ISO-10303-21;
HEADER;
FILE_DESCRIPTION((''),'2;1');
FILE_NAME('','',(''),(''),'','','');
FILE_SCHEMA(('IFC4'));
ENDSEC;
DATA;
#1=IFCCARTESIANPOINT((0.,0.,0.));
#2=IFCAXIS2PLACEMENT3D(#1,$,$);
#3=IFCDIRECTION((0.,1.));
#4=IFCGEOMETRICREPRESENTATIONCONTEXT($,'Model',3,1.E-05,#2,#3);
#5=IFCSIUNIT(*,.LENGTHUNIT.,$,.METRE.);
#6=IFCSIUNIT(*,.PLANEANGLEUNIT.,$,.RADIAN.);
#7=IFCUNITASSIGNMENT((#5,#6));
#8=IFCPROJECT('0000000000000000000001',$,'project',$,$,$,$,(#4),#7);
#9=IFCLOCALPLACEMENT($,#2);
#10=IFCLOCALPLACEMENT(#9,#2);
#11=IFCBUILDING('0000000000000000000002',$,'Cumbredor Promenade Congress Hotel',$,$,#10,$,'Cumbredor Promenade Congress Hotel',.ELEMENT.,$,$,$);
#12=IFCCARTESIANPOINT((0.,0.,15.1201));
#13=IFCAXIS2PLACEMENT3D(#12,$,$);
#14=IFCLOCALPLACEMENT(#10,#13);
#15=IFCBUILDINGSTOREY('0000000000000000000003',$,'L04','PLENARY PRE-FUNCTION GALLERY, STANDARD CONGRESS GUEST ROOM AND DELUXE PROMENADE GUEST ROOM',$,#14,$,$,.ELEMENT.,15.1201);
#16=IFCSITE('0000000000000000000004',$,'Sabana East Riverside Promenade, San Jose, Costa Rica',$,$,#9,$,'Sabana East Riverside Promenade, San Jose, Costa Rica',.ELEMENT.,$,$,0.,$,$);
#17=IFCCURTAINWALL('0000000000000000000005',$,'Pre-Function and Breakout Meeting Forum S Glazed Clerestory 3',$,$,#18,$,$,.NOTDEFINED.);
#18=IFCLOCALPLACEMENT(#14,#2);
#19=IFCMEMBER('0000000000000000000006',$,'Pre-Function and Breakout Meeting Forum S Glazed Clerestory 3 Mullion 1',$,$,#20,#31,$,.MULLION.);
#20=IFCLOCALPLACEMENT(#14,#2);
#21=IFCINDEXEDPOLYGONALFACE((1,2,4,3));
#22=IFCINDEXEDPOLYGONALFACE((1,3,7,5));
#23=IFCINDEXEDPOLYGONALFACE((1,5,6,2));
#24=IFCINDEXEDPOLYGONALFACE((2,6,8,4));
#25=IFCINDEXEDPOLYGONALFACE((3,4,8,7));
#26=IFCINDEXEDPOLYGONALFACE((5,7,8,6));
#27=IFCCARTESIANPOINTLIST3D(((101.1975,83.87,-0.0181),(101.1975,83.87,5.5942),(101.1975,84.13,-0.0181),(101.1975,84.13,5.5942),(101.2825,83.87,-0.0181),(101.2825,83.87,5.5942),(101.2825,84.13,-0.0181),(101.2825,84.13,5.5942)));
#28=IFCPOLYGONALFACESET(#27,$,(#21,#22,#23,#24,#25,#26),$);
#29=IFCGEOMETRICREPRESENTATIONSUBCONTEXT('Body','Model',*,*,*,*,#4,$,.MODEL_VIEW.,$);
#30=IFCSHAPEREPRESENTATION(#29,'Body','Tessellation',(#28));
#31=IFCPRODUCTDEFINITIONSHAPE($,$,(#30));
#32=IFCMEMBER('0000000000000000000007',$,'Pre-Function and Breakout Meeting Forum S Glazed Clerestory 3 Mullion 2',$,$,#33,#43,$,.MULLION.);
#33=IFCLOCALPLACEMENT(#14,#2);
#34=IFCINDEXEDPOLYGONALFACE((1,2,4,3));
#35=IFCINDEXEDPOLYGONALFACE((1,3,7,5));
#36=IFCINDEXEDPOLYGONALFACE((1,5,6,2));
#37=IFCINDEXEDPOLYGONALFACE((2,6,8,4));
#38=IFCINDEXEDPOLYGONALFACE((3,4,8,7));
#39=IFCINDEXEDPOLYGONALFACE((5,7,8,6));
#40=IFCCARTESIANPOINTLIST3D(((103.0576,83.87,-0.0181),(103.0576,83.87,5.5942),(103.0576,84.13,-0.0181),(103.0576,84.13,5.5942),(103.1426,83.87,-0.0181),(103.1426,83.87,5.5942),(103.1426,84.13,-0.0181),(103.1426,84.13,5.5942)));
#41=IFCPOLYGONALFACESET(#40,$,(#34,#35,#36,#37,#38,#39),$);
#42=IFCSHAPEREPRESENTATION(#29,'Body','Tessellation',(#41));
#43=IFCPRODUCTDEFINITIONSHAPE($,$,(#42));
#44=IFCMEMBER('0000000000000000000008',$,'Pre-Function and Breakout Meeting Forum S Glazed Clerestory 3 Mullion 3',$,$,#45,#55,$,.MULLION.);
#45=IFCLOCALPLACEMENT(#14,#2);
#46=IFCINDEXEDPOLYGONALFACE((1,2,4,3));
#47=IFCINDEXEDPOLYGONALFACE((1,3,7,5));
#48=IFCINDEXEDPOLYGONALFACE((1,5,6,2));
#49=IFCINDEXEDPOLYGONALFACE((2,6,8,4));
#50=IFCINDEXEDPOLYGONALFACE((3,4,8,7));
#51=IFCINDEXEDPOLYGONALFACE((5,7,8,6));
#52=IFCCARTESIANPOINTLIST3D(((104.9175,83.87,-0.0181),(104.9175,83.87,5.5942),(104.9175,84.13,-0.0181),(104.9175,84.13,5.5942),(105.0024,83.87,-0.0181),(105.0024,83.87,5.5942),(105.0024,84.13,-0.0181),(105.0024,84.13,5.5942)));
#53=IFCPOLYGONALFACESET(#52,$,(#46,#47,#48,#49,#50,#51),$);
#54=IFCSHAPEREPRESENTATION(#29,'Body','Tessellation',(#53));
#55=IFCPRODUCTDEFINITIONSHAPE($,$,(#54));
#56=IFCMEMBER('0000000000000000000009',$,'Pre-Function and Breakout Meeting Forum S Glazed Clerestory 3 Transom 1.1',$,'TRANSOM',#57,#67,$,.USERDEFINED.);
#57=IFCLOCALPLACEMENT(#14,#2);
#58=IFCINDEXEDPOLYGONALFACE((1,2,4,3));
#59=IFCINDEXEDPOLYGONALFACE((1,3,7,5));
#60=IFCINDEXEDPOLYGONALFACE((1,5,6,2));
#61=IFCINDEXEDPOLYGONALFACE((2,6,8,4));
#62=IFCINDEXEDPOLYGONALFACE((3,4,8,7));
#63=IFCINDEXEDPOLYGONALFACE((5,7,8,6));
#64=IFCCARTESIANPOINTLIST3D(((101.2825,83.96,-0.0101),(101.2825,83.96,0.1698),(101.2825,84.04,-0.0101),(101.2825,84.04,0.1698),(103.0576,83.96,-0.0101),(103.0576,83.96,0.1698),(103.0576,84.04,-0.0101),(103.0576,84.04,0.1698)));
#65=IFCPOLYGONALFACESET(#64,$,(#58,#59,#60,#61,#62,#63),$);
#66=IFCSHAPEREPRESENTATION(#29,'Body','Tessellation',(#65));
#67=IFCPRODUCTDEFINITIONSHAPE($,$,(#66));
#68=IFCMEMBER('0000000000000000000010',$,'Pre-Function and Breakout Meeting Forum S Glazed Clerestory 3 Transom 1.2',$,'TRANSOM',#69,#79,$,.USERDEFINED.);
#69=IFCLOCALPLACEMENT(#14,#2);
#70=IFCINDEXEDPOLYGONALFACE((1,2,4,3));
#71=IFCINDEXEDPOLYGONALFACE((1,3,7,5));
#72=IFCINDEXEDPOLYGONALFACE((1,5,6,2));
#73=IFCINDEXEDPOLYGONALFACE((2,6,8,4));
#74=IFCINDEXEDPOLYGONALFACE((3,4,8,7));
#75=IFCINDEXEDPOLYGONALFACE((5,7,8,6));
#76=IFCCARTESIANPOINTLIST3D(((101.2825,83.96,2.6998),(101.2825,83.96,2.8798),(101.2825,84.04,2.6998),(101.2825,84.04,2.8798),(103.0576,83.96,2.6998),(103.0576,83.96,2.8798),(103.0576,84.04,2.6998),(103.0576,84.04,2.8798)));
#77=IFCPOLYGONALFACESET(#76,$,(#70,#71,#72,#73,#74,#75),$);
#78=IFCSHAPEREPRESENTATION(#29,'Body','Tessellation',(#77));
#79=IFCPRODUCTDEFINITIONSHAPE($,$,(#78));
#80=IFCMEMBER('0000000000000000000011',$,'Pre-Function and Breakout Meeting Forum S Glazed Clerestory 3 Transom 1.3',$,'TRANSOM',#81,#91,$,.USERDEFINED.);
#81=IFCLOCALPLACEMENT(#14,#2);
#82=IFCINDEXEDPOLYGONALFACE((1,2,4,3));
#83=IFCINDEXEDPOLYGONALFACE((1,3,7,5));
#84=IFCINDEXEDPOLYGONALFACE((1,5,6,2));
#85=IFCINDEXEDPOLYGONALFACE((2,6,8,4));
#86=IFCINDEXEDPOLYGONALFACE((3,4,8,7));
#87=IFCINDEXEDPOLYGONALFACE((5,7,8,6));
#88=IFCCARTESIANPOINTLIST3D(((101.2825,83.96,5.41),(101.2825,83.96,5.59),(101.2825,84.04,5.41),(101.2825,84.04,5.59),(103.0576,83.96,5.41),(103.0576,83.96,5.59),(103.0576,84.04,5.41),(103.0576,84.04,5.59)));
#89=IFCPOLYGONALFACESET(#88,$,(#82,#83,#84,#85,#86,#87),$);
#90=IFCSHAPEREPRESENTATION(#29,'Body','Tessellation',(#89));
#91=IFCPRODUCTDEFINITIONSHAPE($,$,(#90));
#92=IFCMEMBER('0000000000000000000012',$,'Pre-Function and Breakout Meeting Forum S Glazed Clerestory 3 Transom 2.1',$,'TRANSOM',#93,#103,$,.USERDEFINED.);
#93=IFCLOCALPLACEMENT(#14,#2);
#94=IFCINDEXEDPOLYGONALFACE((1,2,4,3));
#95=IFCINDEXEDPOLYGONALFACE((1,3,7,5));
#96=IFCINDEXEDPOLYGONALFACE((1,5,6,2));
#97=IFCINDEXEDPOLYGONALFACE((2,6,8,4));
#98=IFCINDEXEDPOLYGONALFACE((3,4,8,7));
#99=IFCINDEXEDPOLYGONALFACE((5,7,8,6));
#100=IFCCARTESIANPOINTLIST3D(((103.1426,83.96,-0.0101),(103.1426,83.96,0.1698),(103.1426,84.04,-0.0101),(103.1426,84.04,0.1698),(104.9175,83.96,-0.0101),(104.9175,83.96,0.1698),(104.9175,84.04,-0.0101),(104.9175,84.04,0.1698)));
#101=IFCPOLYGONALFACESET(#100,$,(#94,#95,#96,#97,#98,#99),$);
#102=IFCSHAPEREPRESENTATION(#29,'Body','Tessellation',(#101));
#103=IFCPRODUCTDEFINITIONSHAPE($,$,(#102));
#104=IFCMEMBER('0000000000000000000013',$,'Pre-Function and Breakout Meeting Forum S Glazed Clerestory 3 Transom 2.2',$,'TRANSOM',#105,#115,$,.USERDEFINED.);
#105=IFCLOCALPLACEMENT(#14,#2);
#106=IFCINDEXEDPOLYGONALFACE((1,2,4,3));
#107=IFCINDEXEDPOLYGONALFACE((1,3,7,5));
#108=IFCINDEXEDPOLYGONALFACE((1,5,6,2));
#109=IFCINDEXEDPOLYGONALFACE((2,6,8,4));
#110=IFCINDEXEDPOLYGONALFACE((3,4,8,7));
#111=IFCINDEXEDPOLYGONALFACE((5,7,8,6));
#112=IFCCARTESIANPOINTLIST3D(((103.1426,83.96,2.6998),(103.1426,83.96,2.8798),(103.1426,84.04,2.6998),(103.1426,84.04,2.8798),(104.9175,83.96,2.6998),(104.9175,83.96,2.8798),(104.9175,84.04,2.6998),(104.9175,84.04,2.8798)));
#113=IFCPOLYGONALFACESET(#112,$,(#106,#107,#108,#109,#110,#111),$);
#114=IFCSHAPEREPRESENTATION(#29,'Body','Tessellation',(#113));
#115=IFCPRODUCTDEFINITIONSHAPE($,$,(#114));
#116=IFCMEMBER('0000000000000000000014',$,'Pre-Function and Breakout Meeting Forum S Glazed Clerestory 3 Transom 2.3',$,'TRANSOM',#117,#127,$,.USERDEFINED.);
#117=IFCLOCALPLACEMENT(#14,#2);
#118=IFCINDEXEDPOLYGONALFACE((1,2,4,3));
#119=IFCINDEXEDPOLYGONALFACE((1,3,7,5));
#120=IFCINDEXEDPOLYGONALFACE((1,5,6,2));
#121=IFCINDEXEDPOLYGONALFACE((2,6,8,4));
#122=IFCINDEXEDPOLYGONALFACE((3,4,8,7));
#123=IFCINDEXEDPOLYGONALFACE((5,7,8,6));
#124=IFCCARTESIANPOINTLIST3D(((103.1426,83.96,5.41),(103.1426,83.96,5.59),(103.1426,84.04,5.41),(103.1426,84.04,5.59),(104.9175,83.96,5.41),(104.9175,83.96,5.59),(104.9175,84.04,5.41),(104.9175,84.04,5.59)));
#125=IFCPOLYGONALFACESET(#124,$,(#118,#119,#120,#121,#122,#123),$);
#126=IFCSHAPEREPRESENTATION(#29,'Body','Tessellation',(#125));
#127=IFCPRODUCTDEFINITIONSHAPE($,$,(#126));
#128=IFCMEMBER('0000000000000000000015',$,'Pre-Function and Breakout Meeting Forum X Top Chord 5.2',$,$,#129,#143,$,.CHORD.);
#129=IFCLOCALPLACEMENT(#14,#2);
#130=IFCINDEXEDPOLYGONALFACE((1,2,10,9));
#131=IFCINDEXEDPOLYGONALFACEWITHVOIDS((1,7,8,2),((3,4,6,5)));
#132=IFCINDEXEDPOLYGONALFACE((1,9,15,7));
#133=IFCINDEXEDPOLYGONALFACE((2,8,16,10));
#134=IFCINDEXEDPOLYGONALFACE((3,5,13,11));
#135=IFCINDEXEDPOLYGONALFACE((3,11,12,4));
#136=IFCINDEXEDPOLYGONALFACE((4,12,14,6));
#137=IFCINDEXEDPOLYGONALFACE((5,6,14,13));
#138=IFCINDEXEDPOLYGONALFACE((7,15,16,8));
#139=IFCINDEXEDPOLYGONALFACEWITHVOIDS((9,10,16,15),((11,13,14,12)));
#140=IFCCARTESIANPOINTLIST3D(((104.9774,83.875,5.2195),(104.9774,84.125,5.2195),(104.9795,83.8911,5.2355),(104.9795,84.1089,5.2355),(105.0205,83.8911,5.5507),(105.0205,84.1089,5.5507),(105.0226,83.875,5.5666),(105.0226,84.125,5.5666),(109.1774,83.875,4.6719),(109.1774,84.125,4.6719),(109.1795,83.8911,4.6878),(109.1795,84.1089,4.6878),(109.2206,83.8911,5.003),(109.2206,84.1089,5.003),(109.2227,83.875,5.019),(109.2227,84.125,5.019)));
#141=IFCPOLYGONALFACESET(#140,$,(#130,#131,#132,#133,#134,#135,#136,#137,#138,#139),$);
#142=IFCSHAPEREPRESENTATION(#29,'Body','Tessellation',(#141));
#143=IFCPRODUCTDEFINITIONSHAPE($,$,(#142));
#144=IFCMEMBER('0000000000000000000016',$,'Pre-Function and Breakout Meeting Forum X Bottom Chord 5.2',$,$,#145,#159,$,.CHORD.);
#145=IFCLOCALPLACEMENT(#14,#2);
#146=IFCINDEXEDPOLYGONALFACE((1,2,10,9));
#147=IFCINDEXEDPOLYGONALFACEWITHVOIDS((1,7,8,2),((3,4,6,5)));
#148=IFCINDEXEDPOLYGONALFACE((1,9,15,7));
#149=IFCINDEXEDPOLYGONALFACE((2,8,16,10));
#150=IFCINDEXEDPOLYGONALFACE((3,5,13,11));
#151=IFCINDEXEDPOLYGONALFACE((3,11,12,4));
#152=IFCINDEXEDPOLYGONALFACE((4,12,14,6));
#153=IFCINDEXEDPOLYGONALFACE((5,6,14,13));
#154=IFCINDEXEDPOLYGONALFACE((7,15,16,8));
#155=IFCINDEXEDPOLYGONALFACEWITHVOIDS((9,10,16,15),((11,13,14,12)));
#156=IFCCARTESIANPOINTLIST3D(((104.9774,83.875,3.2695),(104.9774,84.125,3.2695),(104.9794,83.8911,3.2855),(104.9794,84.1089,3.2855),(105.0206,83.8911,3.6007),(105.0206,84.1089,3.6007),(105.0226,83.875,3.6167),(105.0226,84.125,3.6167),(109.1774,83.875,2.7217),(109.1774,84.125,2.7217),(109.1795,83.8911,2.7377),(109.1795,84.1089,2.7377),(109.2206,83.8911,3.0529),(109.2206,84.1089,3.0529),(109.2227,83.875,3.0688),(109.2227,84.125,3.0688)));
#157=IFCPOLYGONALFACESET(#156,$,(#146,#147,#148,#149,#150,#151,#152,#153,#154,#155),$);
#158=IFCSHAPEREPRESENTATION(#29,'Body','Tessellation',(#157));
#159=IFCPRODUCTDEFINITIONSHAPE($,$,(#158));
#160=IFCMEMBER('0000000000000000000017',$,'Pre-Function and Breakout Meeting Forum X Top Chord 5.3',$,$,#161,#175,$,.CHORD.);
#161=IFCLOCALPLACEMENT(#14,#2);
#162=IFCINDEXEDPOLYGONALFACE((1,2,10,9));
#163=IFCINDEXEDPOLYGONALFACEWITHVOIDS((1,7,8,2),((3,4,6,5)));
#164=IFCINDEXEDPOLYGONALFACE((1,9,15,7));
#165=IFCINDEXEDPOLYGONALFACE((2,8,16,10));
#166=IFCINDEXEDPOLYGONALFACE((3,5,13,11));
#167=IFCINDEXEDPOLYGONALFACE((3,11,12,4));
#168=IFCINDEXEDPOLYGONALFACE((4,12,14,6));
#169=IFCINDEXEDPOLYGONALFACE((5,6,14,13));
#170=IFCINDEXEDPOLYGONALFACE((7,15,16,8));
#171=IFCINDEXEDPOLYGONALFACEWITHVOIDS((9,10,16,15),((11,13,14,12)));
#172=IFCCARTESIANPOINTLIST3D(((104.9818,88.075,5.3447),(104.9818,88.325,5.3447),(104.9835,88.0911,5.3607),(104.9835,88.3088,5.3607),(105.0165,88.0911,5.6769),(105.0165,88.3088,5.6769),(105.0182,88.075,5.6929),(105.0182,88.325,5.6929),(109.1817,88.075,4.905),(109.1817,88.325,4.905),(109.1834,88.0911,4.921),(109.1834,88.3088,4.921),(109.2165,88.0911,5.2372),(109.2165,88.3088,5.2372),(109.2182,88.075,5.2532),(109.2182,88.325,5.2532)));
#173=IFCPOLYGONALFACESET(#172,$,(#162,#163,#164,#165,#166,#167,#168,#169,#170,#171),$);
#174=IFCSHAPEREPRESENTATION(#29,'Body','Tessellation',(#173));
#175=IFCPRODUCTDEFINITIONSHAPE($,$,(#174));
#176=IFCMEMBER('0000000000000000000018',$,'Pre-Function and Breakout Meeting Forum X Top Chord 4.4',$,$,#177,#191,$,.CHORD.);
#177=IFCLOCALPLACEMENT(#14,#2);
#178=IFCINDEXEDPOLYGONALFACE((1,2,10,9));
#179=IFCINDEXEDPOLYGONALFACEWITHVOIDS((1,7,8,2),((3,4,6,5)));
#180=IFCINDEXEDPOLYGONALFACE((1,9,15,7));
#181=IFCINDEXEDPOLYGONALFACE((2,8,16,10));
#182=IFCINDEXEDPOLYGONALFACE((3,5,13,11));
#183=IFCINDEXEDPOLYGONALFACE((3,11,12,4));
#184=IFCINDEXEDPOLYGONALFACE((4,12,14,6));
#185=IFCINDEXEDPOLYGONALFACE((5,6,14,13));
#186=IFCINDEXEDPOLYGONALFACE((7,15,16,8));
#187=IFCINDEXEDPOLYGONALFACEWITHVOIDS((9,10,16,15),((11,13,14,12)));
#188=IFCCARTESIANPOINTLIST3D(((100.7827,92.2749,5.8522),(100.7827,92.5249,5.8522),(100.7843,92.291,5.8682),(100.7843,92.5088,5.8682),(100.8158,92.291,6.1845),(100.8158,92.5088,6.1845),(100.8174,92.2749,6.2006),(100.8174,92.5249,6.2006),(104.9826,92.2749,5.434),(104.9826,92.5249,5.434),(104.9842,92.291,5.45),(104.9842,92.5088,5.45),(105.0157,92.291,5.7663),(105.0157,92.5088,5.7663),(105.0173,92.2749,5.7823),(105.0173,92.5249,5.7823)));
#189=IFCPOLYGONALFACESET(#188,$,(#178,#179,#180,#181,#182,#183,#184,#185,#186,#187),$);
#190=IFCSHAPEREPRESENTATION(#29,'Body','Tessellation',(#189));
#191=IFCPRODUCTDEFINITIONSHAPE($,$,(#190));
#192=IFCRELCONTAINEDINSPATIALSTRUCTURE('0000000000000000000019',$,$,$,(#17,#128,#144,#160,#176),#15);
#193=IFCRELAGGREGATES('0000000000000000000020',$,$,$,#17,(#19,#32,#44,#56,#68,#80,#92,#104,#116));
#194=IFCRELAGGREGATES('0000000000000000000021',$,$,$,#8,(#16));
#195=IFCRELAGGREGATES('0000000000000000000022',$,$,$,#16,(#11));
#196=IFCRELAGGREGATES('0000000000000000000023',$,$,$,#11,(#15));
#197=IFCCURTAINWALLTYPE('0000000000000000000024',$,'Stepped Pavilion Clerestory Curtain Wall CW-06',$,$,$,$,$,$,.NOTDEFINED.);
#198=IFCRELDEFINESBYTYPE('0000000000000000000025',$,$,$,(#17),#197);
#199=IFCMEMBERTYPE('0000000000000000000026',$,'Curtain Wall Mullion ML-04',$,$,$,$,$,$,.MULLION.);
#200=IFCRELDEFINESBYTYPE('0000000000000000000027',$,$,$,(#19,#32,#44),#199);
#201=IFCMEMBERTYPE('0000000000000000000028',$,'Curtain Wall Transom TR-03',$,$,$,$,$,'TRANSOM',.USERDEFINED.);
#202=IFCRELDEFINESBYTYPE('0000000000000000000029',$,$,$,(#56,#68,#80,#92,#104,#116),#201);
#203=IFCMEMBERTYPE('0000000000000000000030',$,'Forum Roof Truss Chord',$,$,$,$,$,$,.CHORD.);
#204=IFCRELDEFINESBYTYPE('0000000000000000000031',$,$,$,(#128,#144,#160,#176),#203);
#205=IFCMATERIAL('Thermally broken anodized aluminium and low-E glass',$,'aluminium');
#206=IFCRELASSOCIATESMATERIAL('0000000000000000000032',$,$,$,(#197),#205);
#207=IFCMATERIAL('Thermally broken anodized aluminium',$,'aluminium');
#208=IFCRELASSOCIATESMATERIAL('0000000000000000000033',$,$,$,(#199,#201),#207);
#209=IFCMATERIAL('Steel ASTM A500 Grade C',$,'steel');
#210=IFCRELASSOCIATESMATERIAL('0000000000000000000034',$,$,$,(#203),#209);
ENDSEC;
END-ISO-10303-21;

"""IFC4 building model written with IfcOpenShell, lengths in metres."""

from ifc_helpers import new_model, si_unit, direction, frame, origin, origin_2d, place, context, subcontext, project, spatial, rectangle, hollow_rectangle, extrude, material, material_profile, profile_set, type_object, element, aggregate, save


model = new_model("IFC4")

# Units and contexts
model_context = context("Model", 3, precision=1e-05, world=origin(), true_north=direction((0.0, 1.0)))
body_context = subcontext(model_context, "Body", "Model", "MODEL_VIEW")
ifc_project = project(units=[si_unit("LENGTHUNIT", "METRE"), si_unit("PLANEANGLEUNIT", "RADIAN")], contexts=[model_context])

# Site, building, storey
site_placement = place(None, origin())
site = spatial("IfcSite", under=ifc_project, at=site_placement, Name="Sabana East Riverside Promenade, San Jose, Costa Rica", LongName="Sabana East Riverside Promenade, San Jose, Costa Rica", CompositionType="ELEMENT", RefElevation=0.0)
building_placement = place(site_placement, origin())
building = spatial("IfcBuilding", under=site, at=building_placement, Name="Cumbredor Promenade Congress Hotel", LongName="Cumbredor Promenade Congress Hotel", CompositionType="ELEMENT")
storey_placement = place(building_placement, frame((0.0, 0.0, 15.1201)))
storey = spatial("IfcBuildingStorey", under=building, at=storey_placement, Name="L04", Description="PLENARY PRE-FUNCTION GALLERY, STANDARD CONGRESS GUEST ROOM AND DELUXE PROMENADE GUEST ROOM", CompositionType="ELEMENT", Elevation=15.1201)

# Curtain wall, members
ifc_material_1 = material(Name="Thermally broken anodized aluminium and low-E glass", Category="aluminium")
curtain_wall_type = type_object("IfcCurtainWallType", Name="Stepped Pavilion Clerestory Curtain Wall CW-06", PredefinedType="NOTDEFINED", material=ifc_material_1)
curtain_wall_placement = place(storey_placement, origin())
curtain_wall = element("IfcCurtainWall", 1, at=curtain_wall_placement, inside=storey, type_object=curtain_wall_type, Name="Pre-Function and Breakout Meeting Forum S Glazed Clerestory 3", PredefinedType="NOTDEFINED")
ifc_material_2 = material(Name="Thermally broken anodized aluminium", Category="aluminium")
ifc_material_profile_1 = material_profile(ifc_material_2, rectangle(XDim=0.085, YDim=0.26, at=origin_2d()), Name="ALU MULLION CLERESTORY 85x260")
ifc_profile_set_1 = profile_set([ifc_material_profile_1], Name="Thermally broken anodized aluminium")
member_type_1 = type_object("IfcMemberType", Name="Curtain Wall Mullion ML-04", PredefinedType="MULLION", material=ifc_profile_set_1)
member_1_placement = place(storey_placement, frame((101.24, 84.0, -0.0181), z_axis=(0.0, 0.0, 1.0), x_axis=(1.0, 0.0, 0.0)))
member_1 = element("IfcMember", 2, at=member_1_placement, type_object=member_type_1, Name="Pre-Function and Breakout Meeting Forum S Glazed Clerestory 3 Mullion 1", PredefinedType="MULLION", context=body_context, shape_type="SweptSolid", body=[
    extrude(rectangle(XDim=0.085, YDim=0.26, at=origin_2d()), origin(), (0.0, 0.0, 1.0), 5.6123),
])
member_2_placement = place(storey_placement, frame((103.1001, 84.0, -0.0181), z_axis=(0.0, 0.0, 1.0), x_axis=(1.0, 0.0, 0.0)))
member_2 = element("IfcMember", 3, at=member_2_placement, type_object=member_type_1, Name="Pre-Function and Breakout Meeting Forum S Glazed Clerestory 3 Mullion 2", PredefinedType="MULLION", context=body_context, shape_type="SweptSolid", body=[
    extrude(rectangle(XDim=0.085, YDim=0.26, at=origin_2d()), origin(), (0.0, 0.0, 1.0), 5.6123),
])
member_3_placement = place(storey_placement, frame((104.96, 84.0, -0.0181), z_axis=(0.0, 0.0, 1.0), x_axis=(1.0, 0.0, 0.0)))
member_3 = element("IfcMember", 4, at=member_3_placement, type_object=member_type_1, Name="Pre-Function and Breakout Meeting Forum S Glazed Clerestory 3 Mullion 3", PredefinedType="MULLION", context=body_context, shape_type="SweptSolid", body=[
    extrude(rectangle(XDim=0.085, YDim=0.26, at=origin_2d()), origin(), (0.0, 0.0, 1.0), 5.6123),
])
ifc_material_profile_2 = material_profile(ifc_material_2, rectangle(XDim=0.0801, YDim=0.1799, at=origin_2d()), Name="ALU TRANSOM 80x180")
ifc_profile_set_2 = profile_set([ifc_material_profile_2], Name="Thermally broken anodized aluminium")
member_type_2 = type_object("IfcMemberType", Name="Curtain Wall Transom TR-03", ElementType="TRANSOM", PredefinedType="USERDEFINED", material=ifc_profile_set_2)
member_4_placement = place(storey_placement, frame((101.2825, 84.0, 0.0798), z_axis=(1.0, 0.0, 0.0), x_axis=(0.0, 1.0, 0.0)))
member_4 = element("IfcMember", 5, at=member_4_placement, type_object=member_type_2, Name="Pre-Function and Breakout Meeting Forum S Glazed Clerestory 3 Transom 1.1", ObjectType="TRANSOM", PredefinedType="USERDEFINED", context=body_context, shape_type="SweptSolid", body=[
    extrude(rectangle(XDim=0.0801, YDim=0.1799, at=origin_2d()), origin(), (0.0, 0.0, 1.0), 1.7751),
])
member_5_placement = place(storey_placement, frame((101.2825, 84.0, 2.7898), z_axis=(1.0, 0.0, 0.0), x_axis=(0.0, 1.0, 0.0)))
member_5 = element("IfcMember", 6, at=member_5_placement, type_object=member_type_2, Name="Pre-Function and Breakout Meeting Forum S Glazed Clerestory 3 Transom 1.2", ObjectType="TRANSOM", PredefinedType="USERDEFINED", context=body_context, shape_type="SweptSolid", body=[
    extrude(rectangle(XDim=0.0801, YDim=0.1799, at=origin_2d()), origin(), (0.0, 0.0, 1.0), 1.7751),
])
member_6_placement = place(storey_placement, frame((101.2825, 84.0, 5.5), z_axis=(1.0, 0.0, 0.0), x_axis=(0.0, 1.0, 0.0)))
member_6 = element("IfcMember", 7, at=member_6_placement, type_object=member_type_2, Name="Pre-Function and Breakout Meeting Forum S Glazed Clerestory 3 Transom 1.3", ObjectType="TRANSOM", PredefinedType="USERDEFINED", context=body_context, shape_type="SweptSolid", body=[
    extrude(rectangle(XDim=0.0801, YDim=0.1799, at=origin_2d()), origin(), (0.0, 0.0, 1.0), 1.7751),
])
member_7_placement = place(storey_placement, frame((103.1426, 84.0, 0.0798), z_axis=(1.0, 0.0, 0.0), x_axis=(0.0, 1.0, 0.0)))
member_7 = element("IfcMember", 8, at=member_7_placement, type_object=member_type_2, Name="Pre-Function and Breakout Meeting Forum S Glazed Clerestory 3 Transom 2.1", ObjectType="TRANSOM", PredefinedType="USERDEFINED", context=body_context, shape_type="SweptSolid", body=[
    extrude(rectangle(XDim=0.0801, YDim=0.1799, at=origin_2d()), origin(), (0.0, 0.0, 1.0), 1.7749),
])
member_8_placement = place(storey_placement, frame((103.1426, 84.0, 2.7898), z_axis=(1.0, 0.0, 0.0), x_axis=(0.0, 1.0, 0.0)))
member_8 = element("IfcMember", 9, at=member_8_placement, type_object=member_type_2, Name="Pre-Function and Breakout Meeting Forum S Glazed Clerestory 3 Transom 2.2", ObjectType="TRANSOM", PredefinedType="USERDEFINED", context=body_context, shape_type="SweptSolid", body=[
    extrude(rectangle(XDim=0.0801, YDim=0.1799, at=origin_2d()), origin(), (0.0, 0.0, 1.0), 1.7749),
])
member_9_placement = place(storey_placement, frame((103.1426, 84.0, 5.5), z_axis=(1.0, 0.0, 0.0), x_axis=(0.0, 1.0, 0.0)))
member_9 = element("IfcMember", 10, at=member_9_placement, type_object=member_type_2, Name="Pre-Function and Breakout Meeting Forum S Glazed Clerestory 3 Transom 2.3", ObjectType="TRANSOM", PredefinedType="USERDEFINED", context=body_context, shape_type="SweptSolid", body=[
    extrude(rectangle(XDim=0.0801, YDim=0.1799, at=origin_2d()), origin(), (0.0, 0.0, 1.0), 1.7749),
])

# Members
ifc_material_3 = material(Name="Steel ASTM A500 Grade C", Category="steel")
ifc_material_profile_3 = material_profile(ifc_material_3, hollow_rectangle(XDim=0.25, YDim=0.3501, WallThickness=0.0161, at=origin_2d()), Name="HSS 350x250x16")
ifc_profile_set_3 = profile_set([ifc_material_profile_3], Name="Steel ASTM A500 Grade C")
member_type_3 = type_object("IfcMemberType", Name="Forum Roof Truss Chord", PredefinedType="CHORD", material=ifc_profile_set_3)
for number, where, z_axis, x_axis, name in (
    (11, (105.0, 84.0, 5.3931), (0.991607, 0.0, -0.12929), (0.0, 1.0, 0.0), "Pre-Function and Breakout Meeting Forum X Top Chord 5.2"),
    (12, (105.0, 84.0, 3.4431), (0.991599, 0.0, -0.129347), (0.0, 1.0, 0.0), "Pre-Function and Breakout Meeting Forum X Bottom Chord 5.2"),
):
    element("IfcMember", number, at=place(storey_placement, frame(where, z_axis=z_axis, x_axis=x_axis)), inside=storey, type_object=member_type_3, Name=name, PredefinedType="CHORD", context=body_context, shape_type="SweptSolid", body=[
        extrude(hollow_rectangle(XDim=0.25, YDim=0.3501, WallThickness=0.0161, at=origin_2d()), origin(), (0.0, 0.0, 1.0), 4.2356),
    ])
member_10_placement = place(storey_placement, frame((105.0, 88.2, 5.5188), z_axis=(0.994565, 0.0, -0.104122), x_axis=(0.0, 1.0, 0.0)))
element("IfcMember", 13, at=member_10_placement, inside=storey, type_object=member_type_3, Name="Pre-Function and Breakout Meeting Forum X Top Chord 5.3", PredefinedType="CHORD", context=body_context, shape_type="SweptSolid", body=[
    extrude(hollow_rectangle(XDim=0.25, YDim=0.3501, WallThickness=0.0161, at=origin_2d()), origin(), (0.0, 0.0, 1.0), 4.2229),
])
for number, where, z_axis, x_axis, name in (
    (14, (100.8, 92.3999, 6.0264), (0.995079, 0.0, -0.099086), (0.0, 1.0, 0.0), "Pre-Function and Breakout Meeting Forum X Top Chord 4.4"),
):
    element("IfcMember", number, at=place(storey_placement, frame(where, z_axis=z_axis, x_axis=x_axis)), inside=storey, type_object=member_type_3, Name=name, PredefinedType="CHORD", context=body_context, shape_type="SweptSolid", body=[
        extrude(hollow_rectangle(XDim=0.25, YDim=0.3501, WallThickness=0.0161, at=origin_2d()), origin(), (0.0, 0.0, 1.0), 4.2207),
    ])

aggregate(curtain_wall, [member_1, member_2, member_3, member_4, member_5, member_6, member_7, member_8, member_9])

save(model, "model.ifc")
